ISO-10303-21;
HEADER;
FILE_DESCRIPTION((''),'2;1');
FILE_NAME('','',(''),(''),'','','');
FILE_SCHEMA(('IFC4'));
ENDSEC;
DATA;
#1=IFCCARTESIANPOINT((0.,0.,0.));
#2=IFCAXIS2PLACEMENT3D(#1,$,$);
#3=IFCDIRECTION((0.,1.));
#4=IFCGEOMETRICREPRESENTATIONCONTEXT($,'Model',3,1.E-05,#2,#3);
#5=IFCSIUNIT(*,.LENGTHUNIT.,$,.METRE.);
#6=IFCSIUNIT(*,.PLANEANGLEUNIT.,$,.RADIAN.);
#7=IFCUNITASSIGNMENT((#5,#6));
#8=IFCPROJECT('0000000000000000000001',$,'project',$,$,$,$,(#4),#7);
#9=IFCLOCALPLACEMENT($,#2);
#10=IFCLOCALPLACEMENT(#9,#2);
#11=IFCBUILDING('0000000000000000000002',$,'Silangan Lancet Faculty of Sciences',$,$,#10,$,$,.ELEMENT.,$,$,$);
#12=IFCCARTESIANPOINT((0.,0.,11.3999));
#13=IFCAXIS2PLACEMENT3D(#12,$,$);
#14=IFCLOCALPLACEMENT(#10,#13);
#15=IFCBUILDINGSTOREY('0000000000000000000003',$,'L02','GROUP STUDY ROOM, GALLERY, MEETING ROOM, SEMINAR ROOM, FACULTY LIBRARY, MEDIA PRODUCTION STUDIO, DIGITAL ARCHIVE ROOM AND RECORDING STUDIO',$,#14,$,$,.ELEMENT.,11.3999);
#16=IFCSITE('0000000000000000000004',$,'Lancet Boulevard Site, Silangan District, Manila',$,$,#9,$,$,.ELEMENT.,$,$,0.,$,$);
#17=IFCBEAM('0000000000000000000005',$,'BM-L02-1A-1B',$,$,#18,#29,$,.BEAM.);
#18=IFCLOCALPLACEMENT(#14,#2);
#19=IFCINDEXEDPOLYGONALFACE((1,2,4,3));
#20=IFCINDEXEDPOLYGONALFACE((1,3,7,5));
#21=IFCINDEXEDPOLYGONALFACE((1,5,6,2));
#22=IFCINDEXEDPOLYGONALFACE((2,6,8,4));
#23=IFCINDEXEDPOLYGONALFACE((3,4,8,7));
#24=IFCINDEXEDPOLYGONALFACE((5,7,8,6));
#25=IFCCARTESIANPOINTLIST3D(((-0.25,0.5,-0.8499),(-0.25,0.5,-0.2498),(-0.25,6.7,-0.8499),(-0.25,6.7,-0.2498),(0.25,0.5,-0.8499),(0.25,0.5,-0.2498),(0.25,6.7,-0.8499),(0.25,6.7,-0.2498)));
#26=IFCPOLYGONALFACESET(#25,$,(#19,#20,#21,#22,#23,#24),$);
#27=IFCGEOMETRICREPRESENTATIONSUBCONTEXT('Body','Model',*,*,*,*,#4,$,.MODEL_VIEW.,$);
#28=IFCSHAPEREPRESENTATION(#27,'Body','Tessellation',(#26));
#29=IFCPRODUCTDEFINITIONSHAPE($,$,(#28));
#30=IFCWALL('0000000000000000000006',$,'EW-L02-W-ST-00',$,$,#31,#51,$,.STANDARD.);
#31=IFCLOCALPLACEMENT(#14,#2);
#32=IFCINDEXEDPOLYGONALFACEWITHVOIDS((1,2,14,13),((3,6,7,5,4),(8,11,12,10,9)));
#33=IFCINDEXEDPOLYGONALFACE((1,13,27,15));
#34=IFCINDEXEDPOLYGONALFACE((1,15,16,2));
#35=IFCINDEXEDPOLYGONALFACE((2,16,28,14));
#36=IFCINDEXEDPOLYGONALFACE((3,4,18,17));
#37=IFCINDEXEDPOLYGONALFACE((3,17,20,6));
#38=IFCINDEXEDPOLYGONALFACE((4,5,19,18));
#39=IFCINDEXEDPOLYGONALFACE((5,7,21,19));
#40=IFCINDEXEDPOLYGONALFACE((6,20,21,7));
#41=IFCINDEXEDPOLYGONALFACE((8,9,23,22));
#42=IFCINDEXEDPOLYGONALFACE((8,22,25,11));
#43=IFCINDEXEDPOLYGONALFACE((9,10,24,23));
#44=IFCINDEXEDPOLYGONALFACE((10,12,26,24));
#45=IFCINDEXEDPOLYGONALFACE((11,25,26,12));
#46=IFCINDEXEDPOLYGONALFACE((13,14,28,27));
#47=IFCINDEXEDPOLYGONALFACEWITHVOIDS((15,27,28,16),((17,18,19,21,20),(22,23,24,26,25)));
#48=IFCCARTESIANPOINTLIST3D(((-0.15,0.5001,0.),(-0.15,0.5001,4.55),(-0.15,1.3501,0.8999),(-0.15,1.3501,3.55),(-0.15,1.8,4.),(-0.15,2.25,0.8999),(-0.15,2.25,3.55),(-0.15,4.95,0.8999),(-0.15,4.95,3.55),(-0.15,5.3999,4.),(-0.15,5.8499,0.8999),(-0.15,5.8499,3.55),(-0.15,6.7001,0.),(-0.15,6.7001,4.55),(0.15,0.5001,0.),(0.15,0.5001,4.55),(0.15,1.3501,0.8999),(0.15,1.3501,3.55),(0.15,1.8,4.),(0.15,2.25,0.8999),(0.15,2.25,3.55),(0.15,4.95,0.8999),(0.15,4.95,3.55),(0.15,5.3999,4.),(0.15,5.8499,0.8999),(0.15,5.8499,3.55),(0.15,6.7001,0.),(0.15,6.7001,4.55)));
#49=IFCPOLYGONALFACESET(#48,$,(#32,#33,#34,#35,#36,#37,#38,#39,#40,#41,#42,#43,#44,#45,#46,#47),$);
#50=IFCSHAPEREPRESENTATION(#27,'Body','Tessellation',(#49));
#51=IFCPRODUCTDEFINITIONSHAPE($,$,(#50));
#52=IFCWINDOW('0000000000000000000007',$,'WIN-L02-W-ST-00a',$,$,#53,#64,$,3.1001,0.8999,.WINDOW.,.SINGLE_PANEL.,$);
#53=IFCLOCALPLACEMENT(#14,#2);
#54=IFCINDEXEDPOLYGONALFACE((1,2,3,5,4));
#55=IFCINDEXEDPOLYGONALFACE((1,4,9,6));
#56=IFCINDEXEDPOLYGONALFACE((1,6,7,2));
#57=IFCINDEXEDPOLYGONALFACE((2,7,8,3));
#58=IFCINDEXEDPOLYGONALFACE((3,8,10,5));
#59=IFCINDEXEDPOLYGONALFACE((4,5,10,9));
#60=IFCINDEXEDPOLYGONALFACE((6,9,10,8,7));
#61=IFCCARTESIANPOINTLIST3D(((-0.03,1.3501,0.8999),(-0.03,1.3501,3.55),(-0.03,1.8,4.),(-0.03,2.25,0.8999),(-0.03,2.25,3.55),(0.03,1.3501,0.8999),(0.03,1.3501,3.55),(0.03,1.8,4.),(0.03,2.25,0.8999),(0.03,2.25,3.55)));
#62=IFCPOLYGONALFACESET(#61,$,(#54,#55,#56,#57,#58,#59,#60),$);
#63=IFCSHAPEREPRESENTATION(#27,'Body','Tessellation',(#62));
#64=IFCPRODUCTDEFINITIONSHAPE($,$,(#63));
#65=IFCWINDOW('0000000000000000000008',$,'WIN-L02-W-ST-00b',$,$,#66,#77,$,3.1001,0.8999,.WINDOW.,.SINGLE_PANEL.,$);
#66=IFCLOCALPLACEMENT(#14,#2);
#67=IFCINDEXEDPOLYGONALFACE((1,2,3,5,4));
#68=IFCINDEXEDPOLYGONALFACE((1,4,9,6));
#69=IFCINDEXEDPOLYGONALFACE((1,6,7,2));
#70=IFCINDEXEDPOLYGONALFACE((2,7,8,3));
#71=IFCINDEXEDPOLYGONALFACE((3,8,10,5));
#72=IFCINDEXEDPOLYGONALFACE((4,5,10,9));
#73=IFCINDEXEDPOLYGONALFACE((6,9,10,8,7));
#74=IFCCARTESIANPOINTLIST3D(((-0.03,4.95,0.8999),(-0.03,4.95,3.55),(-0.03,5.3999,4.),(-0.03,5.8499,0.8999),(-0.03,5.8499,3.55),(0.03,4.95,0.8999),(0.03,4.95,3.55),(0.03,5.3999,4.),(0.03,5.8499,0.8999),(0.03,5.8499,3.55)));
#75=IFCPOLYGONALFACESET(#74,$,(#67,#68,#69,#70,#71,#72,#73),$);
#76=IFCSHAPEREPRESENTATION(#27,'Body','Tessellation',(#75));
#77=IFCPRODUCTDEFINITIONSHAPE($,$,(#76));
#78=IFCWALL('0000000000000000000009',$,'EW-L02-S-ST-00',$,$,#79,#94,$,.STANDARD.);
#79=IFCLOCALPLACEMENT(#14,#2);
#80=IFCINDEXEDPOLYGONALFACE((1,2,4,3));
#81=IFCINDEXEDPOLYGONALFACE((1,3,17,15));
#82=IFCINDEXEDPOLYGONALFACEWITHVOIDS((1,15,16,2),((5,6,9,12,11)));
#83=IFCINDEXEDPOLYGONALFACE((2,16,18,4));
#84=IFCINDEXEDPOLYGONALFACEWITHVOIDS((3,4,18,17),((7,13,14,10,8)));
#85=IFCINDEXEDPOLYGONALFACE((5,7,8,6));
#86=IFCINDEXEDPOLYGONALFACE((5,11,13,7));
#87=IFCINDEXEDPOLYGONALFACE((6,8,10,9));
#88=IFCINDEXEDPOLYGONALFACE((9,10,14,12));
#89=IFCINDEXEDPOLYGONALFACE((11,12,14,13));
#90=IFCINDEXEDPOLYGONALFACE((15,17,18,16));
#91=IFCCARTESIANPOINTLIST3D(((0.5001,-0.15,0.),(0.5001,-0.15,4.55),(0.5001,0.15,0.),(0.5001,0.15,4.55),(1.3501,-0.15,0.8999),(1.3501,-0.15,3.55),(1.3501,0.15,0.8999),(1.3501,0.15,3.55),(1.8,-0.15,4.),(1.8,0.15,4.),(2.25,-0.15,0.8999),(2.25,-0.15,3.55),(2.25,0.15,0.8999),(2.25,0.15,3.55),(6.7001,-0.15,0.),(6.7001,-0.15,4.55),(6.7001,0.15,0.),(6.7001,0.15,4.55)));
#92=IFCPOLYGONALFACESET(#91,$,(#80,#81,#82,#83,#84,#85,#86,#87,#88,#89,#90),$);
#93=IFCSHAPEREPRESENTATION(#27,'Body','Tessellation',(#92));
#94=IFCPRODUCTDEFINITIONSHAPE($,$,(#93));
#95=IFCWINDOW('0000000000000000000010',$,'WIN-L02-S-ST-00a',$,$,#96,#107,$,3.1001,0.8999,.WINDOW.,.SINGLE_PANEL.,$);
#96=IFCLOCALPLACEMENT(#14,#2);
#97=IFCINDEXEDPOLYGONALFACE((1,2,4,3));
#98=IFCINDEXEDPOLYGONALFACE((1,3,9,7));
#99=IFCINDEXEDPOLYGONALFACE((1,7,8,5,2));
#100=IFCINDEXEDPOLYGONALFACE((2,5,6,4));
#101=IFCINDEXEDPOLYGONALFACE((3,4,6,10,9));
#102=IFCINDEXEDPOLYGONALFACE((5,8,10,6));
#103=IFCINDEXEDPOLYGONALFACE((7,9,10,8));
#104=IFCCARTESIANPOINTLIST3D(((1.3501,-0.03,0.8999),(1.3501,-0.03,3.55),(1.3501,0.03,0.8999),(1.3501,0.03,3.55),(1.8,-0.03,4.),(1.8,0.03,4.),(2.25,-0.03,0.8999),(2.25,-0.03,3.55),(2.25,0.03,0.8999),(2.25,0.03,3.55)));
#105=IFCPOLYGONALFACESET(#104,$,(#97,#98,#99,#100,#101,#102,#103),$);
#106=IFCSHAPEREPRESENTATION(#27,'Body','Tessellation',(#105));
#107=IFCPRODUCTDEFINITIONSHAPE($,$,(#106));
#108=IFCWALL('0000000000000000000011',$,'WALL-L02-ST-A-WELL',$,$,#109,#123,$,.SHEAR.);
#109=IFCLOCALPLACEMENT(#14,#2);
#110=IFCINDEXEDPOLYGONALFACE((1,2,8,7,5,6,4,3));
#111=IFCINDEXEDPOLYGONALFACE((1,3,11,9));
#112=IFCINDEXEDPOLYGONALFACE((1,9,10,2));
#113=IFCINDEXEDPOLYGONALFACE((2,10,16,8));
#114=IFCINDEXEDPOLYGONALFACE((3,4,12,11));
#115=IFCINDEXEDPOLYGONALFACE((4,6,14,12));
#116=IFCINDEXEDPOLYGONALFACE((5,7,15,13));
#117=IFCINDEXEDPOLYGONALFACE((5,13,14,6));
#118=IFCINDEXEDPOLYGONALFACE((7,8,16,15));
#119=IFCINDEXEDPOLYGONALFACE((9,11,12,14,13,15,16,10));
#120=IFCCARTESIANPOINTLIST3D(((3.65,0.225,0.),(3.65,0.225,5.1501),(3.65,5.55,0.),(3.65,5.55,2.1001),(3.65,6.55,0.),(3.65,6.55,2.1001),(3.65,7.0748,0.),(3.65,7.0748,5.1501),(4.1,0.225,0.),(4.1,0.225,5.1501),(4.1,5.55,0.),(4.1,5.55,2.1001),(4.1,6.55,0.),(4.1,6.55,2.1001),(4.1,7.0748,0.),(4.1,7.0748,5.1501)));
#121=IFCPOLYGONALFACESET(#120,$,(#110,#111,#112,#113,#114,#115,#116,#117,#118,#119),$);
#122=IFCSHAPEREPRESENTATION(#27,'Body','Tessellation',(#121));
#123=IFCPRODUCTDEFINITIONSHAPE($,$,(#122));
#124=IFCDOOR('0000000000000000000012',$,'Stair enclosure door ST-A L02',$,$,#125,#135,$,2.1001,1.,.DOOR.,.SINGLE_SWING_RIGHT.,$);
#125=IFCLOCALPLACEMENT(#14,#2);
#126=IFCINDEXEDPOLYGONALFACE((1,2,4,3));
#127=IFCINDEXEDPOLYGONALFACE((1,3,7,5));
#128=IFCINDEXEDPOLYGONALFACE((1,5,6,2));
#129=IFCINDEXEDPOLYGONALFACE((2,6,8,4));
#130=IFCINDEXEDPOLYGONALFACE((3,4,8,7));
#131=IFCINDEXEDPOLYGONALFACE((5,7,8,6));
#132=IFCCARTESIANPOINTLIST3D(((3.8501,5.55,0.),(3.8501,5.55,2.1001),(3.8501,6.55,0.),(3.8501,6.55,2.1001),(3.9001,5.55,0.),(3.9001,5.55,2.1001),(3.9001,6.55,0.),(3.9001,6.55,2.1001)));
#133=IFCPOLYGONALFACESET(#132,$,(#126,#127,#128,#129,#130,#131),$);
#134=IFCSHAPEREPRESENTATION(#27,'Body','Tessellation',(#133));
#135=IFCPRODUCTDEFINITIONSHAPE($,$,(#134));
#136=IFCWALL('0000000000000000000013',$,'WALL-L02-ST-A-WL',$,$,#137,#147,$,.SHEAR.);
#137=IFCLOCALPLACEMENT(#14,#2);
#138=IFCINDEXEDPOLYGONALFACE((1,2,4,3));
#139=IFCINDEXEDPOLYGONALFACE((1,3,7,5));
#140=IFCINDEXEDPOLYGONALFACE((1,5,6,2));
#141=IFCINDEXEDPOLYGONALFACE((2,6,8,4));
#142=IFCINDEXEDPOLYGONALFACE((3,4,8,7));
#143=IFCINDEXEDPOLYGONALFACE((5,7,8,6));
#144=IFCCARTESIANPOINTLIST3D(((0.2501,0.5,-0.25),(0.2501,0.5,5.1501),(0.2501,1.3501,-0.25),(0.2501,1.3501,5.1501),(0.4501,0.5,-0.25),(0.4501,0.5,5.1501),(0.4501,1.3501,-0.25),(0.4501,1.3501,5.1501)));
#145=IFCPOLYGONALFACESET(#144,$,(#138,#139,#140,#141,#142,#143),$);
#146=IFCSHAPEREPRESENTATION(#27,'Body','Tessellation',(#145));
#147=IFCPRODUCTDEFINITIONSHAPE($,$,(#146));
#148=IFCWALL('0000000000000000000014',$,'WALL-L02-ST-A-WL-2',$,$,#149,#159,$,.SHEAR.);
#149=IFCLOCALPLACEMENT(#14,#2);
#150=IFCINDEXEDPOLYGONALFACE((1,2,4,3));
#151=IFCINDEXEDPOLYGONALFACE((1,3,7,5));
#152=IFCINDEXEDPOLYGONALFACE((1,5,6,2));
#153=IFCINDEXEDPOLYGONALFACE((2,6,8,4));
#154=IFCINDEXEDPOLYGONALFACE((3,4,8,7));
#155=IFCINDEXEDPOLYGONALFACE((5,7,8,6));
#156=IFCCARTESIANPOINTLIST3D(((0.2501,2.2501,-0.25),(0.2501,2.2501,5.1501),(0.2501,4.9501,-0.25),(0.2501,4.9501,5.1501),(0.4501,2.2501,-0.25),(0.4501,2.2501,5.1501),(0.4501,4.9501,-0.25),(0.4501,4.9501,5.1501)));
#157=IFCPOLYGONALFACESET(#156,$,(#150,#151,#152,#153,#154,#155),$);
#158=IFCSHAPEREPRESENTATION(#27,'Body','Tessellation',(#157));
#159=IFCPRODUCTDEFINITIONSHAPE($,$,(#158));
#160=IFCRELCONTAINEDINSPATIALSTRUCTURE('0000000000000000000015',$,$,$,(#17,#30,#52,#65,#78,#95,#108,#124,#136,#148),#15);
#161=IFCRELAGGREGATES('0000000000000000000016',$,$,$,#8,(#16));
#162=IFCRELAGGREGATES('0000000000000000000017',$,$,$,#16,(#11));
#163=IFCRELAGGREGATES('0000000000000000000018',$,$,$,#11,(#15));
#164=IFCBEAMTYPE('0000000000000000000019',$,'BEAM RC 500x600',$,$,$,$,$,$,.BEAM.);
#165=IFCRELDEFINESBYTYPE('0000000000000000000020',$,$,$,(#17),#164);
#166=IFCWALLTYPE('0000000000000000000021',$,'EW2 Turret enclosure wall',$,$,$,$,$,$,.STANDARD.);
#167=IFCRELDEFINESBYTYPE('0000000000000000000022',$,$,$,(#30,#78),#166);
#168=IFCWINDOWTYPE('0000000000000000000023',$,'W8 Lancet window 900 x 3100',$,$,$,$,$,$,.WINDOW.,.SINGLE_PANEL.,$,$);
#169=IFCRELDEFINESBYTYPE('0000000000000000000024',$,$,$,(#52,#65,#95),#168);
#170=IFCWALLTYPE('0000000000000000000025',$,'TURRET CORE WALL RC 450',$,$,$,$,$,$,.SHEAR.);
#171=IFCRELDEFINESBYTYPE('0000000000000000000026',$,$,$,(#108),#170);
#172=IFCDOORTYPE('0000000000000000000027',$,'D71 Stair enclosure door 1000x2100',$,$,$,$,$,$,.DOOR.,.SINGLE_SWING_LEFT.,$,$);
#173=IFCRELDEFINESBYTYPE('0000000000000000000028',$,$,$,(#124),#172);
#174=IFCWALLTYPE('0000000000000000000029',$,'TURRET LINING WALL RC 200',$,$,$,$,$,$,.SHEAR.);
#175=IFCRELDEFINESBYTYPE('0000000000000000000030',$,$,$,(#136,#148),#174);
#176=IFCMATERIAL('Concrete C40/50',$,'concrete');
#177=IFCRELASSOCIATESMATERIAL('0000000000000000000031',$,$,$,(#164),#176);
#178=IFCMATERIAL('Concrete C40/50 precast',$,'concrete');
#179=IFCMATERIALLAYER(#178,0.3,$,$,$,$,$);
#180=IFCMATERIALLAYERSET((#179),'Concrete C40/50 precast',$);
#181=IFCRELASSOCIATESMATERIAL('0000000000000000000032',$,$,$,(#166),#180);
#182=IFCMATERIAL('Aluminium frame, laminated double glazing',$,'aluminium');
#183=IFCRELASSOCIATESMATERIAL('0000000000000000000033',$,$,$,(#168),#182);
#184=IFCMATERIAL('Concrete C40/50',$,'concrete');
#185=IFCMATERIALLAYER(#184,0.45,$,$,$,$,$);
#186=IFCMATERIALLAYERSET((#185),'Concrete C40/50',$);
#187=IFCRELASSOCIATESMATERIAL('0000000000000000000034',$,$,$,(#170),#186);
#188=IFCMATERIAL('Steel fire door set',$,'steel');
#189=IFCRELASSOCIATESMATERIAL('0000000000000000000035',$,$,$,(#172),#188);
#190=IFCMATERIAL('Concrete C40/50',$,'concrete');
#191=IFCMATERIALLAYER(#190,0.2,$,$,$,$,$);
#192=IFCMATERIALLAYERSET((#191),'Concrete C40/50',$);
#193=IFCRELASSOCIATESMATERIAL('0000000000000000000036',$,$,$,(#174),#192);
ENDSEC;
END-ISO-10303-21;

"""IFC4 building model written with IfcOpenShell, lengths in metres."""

from ifc_helpers import new_model, si_unit, direction, frame, frame_2d, origin, origin_2d, place, context, subcontext, project, spatial, polyline, rectangle, outline, extrude, material, layer, layer_set, material_profile, profile_set, type_object, element, fill, save


model = new_model("IFC4")

# Units and contexts
model_context = context("Model", 3, precision=1e-05, world=origin(), true_north=direction((0.0, 1.0)))
body_context = subcontext(model_context, "Body", "Model", "MODEL_VIEW")
ifc_project = project(units=[si_unit("LENGTHUNIT", "METRE"), si_unit("PLANEANGLEUNIT", "RADIAN")], contexts=[model_context])

# Site, building, storey
site_placement = place(None, origin())
site = spatial("IfcSite", under=ifc_project, at=site_placement, Name="Lancet Boulevard Site, Silangan District, Manila", CompositionType="ELEMENT", RefElevation=0.0)
building_placement = place(site_placement, origin())
building = spatial("IfcBuilding", under=site, at=building_placement, Name="Silangan Lancet Faculty of Sciences", CompositionType="ELEMENT")
storey_placement = place(building_placement, frame((0.0, 0.0, 11.3999)))
storey = spatial("IfcBuildingStorey", under=building, at=storey_placement, Name="L02", Description="GROUP STUDY ROOM, GALLERY, MEETING ROOM, SEMINAR ROOM, FACULTY LIBRARY, MEDIA PRODUCTION STUDIO, DIGITAL ARCHIVE ROOM AND RECORDING STUDIO", CompositionType="ELEMENT", Elevation=11.3999)

# Beam
ifc_material_1 = material(Name="Concrete C40/50", Category="concrete")
ifc_material_profile = material_profile(ifc_material_1, rectangle(XDim=0.5, YDim=0.6001, at=origin_2d()), Name="RC 500x600")
ifc_profile_set = profile_set([ifc_material_profile], Name="Concrete C40/50")
beam_type = type_object("IfcBeamType", Name="BEAM RC 500x600", PredefinedType="BEAM", material=ifc_profile_set)
beam_placement = place(storey_placement, frame((0.0, 0.5, -0.5498), z_axis=(0.0, 1.0, 0.0), x_axis=(-1.0, 0.0, 0.0)))
element("IfcBeam", 1, at=beam_placement, inside=storey, type_object=beam_type, Name="BM-L02-1A-1B", PredefinedType="BEAM", context=body_context, shape_type="SweptSolid", body=[
    extrude(rectangle(XDim=0.5, YDim=0.6001, at=origin_2d()), origin(), (0.0, 0.0, 1.0), 6.2),
])

# Wall, openings, windows
ifc_material_2 = material(Name="Concrete C40/50 precast", Category="concrete")
ifc_layer_1 = layer(ifc_material_2, 0.3)
ifc_layer_set_1 = layer_set([ifc_layer_1], Name="Concrete C40/50 precast")
wall_type_1 = type_object("IfcWallType", Name="EW2 Turret enclosure wall", PredefinedType="STANDARD", material=ifc_layer_set_1)
wall_1_placement = place(storey_placement, frame((0.0, 0.5, 0.0), z_axis=(0.0, 0.0, 1.0), x_axis=(0.0, 1.0, 0.0)))
wall_1 = element("IfcWall", 2, at=wall_1_placement, inside=storey, type_object=wall_type_1, Name="EW-L02-W-ST-00", PredefinedType="STANDARD", context=body_context, shape_type="SweptSolid", body=[
    extrude(rectangle(XDim=6.2, YDim=0.3, at=frame_2d((3.1001, 0.0))), origin(), (0.0, 0.0, 1.0), 4.55),
])
opening_1_placement = place(wall_1_placement, frame((0.8501, 0.0, 0.8999)))
opening_1 = element("IfcOpeningElement", 3, at=opening_1_placement, cuts=wall_1, PredefinedType="OPENING", context=body_context, shape_type="SweptSolid", body=[
    extrude(outline(polyline([(0.0, 0.0), (0.8999, 0.0), (0.8999, 2.6501), (0.45, 3.1001), (0.0, 2.6501), (0.0, 0.0)])), frame((0.0, 0.1599, 0.0), z_axis=(0.0, -1.0, 0.0), x_axis=(1.0, 0.0, 0.0)), (0.0, 0.0, 1.0), 0.3201),
])
opening_2_placement = place(wall_1_placement, frame((4.45, 0.0, 0.8999)))
opening_2 = element("IfcOpeningElement", 4, at=opening_2_placement, cuts=wall_1, PredefinedType="OPENING", context=body_context, shape_type="SweptSolid", body=[
    extrude(outline(polyline([(0.0, 0.0), (0.8999, 0.0), (0.8999, 2.6501), (0.45, 3.1001), (0.0, 2.6501), (0.0, 0.0)])), frame((0.0, 0.1599, 0.0), z_axis=(0.0, -1.0, 0.0), x_axis=(1.0, 0.0, 0.0)), (0.0, 0.0, 1.0), 0.3201),
])
ifc_material_3 = material(Name="Aluminium frame, laminated double glazing", Category="aluminium")
window_type = type_object("IfcWindowType", Name="W8 Lancet window 900 x 3100", PartitioningType="SINGLE_PANEL", PredefinedType="WINDOW", material=ifc_material_3)
window_1_placement = place(opening_1_placement, origin())
window_1 = element("IfcWindow", 5, at=window_1_placement, inside=storey, type_object=window_type, Name="WIN-L02-W-ST-00a", OverallHeight=3.1001, OverallWidth=0.8999, PartitioningType="SINGLE_PANEL", PredefinedType="WINDOW", context=body_context, shape_type="SweptSolid", body=[
    extrude(outline(polyline([(0.0, 0.0), (0.8999, 0.0), (0.8999, 2.6501), (0.45, 3.1001), (0.0, 2.6501), (0.0, 0.0)])), frame((0.0, 0.03, 0.0), z_axis=(0.0, -1.0, 0.0), x_axis=(1.0, 0.0, 0.0)), (0.0, 0.0, 1.0), 0.0601),
])
fill(opening_1, window_1)
window_2_placement = place(opening_2_placement, origin())
window_2 = element("IfcWindow", 6, at=window_2_placement, inside=storey, type_object=window_type, Name="WIN-L02-W-ST-00b", OverallHeight=3.1001, OverallWidth=0.8999, PartitioningType="SINGLE_PANEL", PredefinedType="WINDOW", context=body_context, shape_type="SweptSolid", body=[
    extrude(outline(polyline([(0.0, 0.0), (0.8999, 0.0), (0.8999, 2.6501), (0.45, 3.1001), (0.0, 2.6501), (0.0, 0.0)])), frame((0.0, 0.03, 0.0), z_axis=(0.0, -1.0, 0.0), x_axis=(1.0, 0.0, 0.0)), (0.0, 0.0, 1.0), 0.0601),
])
fill(opening_2, window_2)

# Wall, opening, window
wall_2_placement = place(storey_placement, frame((0.5, 0.0, 0.0), z_axis=(0.0, 0.0, 1.0), x_axis=(1.0, 0.0, 0.0)))
wall_2 = element("IfcWall", 7, at=wall_2_placement, inside=storey, type_object=wall_type_1, Name="EW-L02-S-ST-00", PredefinedType="STANDARD", context=body_context, shape_type="SweptSolid", body=[
    extrude(rectangle(XDim=6.2, YDim=0.3, at=frame_2d((3.1001, 0.0))), origin(), (0.0, 0.0, 1.0), 4.55),
])
opening_3_placement = place(wall_2_placement, frame((0.8501, 0.0, 0.8999)))
opening_3 = element("IfcOpeningElement", 8, at=opening_3_placement, cuts=wall_2, PredefinedType="OPENING", context=body_context, shape_type="SweptSolid", body=[
    extrude(outline(polyline([(0.0, 0.0), (0.8999, 0.0), (0.8999, 2.6501), (0.45, 3.1001), (0.0, 2.6501), (0.0, 0.0)])), frame((0.0, 0.1599, 0.0), z_axis=(0.0, -1.0, 0.0), x_axis=(1.0, 0.0, 0.0)), (0.0, 0.0, 1.0), 0.3201),
])
window_3_placement = place(opening_3_placement, origin())
window_3 = element("IfcWindow", 9, at=window_3_placement, inside=storey, type_object=window_type, Name="WIN-L02-S-ST-00a", OverallHeight=3.1001, OverallWidth=0.8999, PartitioningType="SINGLE_PANEL", PredefinedType="WINDOW", context=body_context, shape_type="SweptSolid", body=[
    extrude(outline(polyline([(0.0, 0.0), (0.8999, 0.0), (0.8999, 2.6501), (0.45, 3.1001), (0.0, 2.6501), (0.0, 0.0)])), frame((0.0, 0.03, 0.0), z_axis=(0.0, -1.0, 0.0), x_axis=(1.0, 0.0, 0.0)), (0.0, 0.0, 1.0), 0.0601),
])
fill(opening_3, window_3)

# Wall, opening, door
ifc_material_4 = material(Name="Concrete C40/50", Category="concrete")
ifc_layer_2 = layer(ifc_material_4, 0.45)
ifc_layer_set_2 = layer_set([ifc_layer_2], Name="Concrete C40/50")
wall_type_2 = type_object("IfcWallType", Name="TURRET CORE WALL RC 450", PredefinedType="SHEAR", material=ifc_layer_set_2)
wall_3_placement = place(storey_placement, frame((3.875, 0.2251, 0.0), z_axis=(0.0, 0.0, 1.0), x_axis=(0.0, 1.0, 0.0)))
wall_3 = element("IfcWall", 10, at=wall_3_placement, inside=storey, type_object=wall_type_2, Name="WALL-L02-ST-A-WELL", PredefinedType="SHEAR", context=body_context, shape_type="SweptSolid", body=[
    extrude(rectangle(XDim=6.8499, YDim=0.45, at=frame_2d((3.4248, 0.0))), origin(), (0.0, 0.0, 1.0), 5.1501),
])
opening_4_placement = place(wall_3_placement, frame((5.325, 0.0, 0.0)))
opening_4 = element("IfcOpeningElement", 11, at=opening_4_placement, cuts=wall_3, PredefinedType="OPENING", context=body_context, shape_type="SweptSolid", body=[
    extrude(rectangle(XDim=1.0, YDim=2.1001, at=frame_2d((0.5, 1.05))), frame((0.0, 0.2349, 0.0), z_axis=(0.0, -1.0, 0.0), x_axis=(1.0, 0.0, 0.0)), (0.0, 0.0, 1.0), 0.47),
])
ifc_material_5 = material(Name="Steel fire door set", Category="steel")
door_type_1 = type_object("IfcDoorType", Name="D71 Stair enclosure door 1000x2100", OperationType="SINGLE_SWING_LEFT", PredefinedType="DOOR", material=ifc_material_5)
door_1_placement = place(opening_4_placement, origin())
door_1 = element("IfcDoor", 12, at=door_1_placement, inside=storey, type_object=door_type_1, Name="Stair enclosure door ST-A L02", OperationType="SINGLE_SWING_RIGHT", OverallHeight=2.1001, OverallWidth=1.0, PredefinedType="DOOR", context=body_context, shape_type="SweptSolid", body=[
    extrude(rectangle(XDim=1.0, YDim=2.1001, at=frame_2d((0.5, 1.05))), frame((0.0, 0.0249, 0.0), z_axis=(0.0, -1.0, 0.0), x_axis=(1.0, 0.0, 0.0)), (0.0, 0.0, 1.0), 0.05),
])
fill(opening_4, door_1)

# Walls
ifc_material_6 = material(Name="Concrete C40/50", Category="concrete")
ifc_layer_3 = layer(ifc_material_6, 0.2)
ifc_layer_set_3 = layer_set([ifc_layer_3], Name="Concrete C40/50")
wall_type_3 = type_object("IfcWallType", Name="TURRET LINING WALL RC 200", PredefinedType="SHEAR", material=ifc_layer_set_3)
wall_4_placement = place(storey_placement, frame((0.3501, 0.5, -0.25), z_axis=(0.0, 0.0, 1.0), x_axis=(0.0, 1.0, 0.0)))
element("IfcWall", 13, at=wall_4_placement, inside=storey, type_object=wall_type_3, Name="WALL-L02-ST-A-WL", PredefinedType="SHEAR", context=body_context, shape_type="SweptSolid", body=[
    extrude(rectangle(XDim=0.8501, YDim=0.2, at=frame_2d((0.425, 0.0))), origin(), (0.0, 0.0, 1.0), 5.4001),
])
wall_5_placement = place(storey_placement, frame((0.3501, 2.25, -0.25), z_axis=(0.0, 0.0, 1.0), x_axis=(0.0, 1.0, 0.0)))
element("IfcWall", 14, at=wall_5_placement, inside=storey, type_object=wall_type_3, Name="WALL-L02-ST-A-WL-2", PredefinedType="SHEAR", context=body_context, shape_type="SweptSolid", body=[
    extrude(rectangle(XDim=2.7, YDim=0.2, at=frame_2d((1.3501, 0.0))), origin(), (0.0, 0.0, 1.0), 5.4001),
])

save(model, "model.ifc")
